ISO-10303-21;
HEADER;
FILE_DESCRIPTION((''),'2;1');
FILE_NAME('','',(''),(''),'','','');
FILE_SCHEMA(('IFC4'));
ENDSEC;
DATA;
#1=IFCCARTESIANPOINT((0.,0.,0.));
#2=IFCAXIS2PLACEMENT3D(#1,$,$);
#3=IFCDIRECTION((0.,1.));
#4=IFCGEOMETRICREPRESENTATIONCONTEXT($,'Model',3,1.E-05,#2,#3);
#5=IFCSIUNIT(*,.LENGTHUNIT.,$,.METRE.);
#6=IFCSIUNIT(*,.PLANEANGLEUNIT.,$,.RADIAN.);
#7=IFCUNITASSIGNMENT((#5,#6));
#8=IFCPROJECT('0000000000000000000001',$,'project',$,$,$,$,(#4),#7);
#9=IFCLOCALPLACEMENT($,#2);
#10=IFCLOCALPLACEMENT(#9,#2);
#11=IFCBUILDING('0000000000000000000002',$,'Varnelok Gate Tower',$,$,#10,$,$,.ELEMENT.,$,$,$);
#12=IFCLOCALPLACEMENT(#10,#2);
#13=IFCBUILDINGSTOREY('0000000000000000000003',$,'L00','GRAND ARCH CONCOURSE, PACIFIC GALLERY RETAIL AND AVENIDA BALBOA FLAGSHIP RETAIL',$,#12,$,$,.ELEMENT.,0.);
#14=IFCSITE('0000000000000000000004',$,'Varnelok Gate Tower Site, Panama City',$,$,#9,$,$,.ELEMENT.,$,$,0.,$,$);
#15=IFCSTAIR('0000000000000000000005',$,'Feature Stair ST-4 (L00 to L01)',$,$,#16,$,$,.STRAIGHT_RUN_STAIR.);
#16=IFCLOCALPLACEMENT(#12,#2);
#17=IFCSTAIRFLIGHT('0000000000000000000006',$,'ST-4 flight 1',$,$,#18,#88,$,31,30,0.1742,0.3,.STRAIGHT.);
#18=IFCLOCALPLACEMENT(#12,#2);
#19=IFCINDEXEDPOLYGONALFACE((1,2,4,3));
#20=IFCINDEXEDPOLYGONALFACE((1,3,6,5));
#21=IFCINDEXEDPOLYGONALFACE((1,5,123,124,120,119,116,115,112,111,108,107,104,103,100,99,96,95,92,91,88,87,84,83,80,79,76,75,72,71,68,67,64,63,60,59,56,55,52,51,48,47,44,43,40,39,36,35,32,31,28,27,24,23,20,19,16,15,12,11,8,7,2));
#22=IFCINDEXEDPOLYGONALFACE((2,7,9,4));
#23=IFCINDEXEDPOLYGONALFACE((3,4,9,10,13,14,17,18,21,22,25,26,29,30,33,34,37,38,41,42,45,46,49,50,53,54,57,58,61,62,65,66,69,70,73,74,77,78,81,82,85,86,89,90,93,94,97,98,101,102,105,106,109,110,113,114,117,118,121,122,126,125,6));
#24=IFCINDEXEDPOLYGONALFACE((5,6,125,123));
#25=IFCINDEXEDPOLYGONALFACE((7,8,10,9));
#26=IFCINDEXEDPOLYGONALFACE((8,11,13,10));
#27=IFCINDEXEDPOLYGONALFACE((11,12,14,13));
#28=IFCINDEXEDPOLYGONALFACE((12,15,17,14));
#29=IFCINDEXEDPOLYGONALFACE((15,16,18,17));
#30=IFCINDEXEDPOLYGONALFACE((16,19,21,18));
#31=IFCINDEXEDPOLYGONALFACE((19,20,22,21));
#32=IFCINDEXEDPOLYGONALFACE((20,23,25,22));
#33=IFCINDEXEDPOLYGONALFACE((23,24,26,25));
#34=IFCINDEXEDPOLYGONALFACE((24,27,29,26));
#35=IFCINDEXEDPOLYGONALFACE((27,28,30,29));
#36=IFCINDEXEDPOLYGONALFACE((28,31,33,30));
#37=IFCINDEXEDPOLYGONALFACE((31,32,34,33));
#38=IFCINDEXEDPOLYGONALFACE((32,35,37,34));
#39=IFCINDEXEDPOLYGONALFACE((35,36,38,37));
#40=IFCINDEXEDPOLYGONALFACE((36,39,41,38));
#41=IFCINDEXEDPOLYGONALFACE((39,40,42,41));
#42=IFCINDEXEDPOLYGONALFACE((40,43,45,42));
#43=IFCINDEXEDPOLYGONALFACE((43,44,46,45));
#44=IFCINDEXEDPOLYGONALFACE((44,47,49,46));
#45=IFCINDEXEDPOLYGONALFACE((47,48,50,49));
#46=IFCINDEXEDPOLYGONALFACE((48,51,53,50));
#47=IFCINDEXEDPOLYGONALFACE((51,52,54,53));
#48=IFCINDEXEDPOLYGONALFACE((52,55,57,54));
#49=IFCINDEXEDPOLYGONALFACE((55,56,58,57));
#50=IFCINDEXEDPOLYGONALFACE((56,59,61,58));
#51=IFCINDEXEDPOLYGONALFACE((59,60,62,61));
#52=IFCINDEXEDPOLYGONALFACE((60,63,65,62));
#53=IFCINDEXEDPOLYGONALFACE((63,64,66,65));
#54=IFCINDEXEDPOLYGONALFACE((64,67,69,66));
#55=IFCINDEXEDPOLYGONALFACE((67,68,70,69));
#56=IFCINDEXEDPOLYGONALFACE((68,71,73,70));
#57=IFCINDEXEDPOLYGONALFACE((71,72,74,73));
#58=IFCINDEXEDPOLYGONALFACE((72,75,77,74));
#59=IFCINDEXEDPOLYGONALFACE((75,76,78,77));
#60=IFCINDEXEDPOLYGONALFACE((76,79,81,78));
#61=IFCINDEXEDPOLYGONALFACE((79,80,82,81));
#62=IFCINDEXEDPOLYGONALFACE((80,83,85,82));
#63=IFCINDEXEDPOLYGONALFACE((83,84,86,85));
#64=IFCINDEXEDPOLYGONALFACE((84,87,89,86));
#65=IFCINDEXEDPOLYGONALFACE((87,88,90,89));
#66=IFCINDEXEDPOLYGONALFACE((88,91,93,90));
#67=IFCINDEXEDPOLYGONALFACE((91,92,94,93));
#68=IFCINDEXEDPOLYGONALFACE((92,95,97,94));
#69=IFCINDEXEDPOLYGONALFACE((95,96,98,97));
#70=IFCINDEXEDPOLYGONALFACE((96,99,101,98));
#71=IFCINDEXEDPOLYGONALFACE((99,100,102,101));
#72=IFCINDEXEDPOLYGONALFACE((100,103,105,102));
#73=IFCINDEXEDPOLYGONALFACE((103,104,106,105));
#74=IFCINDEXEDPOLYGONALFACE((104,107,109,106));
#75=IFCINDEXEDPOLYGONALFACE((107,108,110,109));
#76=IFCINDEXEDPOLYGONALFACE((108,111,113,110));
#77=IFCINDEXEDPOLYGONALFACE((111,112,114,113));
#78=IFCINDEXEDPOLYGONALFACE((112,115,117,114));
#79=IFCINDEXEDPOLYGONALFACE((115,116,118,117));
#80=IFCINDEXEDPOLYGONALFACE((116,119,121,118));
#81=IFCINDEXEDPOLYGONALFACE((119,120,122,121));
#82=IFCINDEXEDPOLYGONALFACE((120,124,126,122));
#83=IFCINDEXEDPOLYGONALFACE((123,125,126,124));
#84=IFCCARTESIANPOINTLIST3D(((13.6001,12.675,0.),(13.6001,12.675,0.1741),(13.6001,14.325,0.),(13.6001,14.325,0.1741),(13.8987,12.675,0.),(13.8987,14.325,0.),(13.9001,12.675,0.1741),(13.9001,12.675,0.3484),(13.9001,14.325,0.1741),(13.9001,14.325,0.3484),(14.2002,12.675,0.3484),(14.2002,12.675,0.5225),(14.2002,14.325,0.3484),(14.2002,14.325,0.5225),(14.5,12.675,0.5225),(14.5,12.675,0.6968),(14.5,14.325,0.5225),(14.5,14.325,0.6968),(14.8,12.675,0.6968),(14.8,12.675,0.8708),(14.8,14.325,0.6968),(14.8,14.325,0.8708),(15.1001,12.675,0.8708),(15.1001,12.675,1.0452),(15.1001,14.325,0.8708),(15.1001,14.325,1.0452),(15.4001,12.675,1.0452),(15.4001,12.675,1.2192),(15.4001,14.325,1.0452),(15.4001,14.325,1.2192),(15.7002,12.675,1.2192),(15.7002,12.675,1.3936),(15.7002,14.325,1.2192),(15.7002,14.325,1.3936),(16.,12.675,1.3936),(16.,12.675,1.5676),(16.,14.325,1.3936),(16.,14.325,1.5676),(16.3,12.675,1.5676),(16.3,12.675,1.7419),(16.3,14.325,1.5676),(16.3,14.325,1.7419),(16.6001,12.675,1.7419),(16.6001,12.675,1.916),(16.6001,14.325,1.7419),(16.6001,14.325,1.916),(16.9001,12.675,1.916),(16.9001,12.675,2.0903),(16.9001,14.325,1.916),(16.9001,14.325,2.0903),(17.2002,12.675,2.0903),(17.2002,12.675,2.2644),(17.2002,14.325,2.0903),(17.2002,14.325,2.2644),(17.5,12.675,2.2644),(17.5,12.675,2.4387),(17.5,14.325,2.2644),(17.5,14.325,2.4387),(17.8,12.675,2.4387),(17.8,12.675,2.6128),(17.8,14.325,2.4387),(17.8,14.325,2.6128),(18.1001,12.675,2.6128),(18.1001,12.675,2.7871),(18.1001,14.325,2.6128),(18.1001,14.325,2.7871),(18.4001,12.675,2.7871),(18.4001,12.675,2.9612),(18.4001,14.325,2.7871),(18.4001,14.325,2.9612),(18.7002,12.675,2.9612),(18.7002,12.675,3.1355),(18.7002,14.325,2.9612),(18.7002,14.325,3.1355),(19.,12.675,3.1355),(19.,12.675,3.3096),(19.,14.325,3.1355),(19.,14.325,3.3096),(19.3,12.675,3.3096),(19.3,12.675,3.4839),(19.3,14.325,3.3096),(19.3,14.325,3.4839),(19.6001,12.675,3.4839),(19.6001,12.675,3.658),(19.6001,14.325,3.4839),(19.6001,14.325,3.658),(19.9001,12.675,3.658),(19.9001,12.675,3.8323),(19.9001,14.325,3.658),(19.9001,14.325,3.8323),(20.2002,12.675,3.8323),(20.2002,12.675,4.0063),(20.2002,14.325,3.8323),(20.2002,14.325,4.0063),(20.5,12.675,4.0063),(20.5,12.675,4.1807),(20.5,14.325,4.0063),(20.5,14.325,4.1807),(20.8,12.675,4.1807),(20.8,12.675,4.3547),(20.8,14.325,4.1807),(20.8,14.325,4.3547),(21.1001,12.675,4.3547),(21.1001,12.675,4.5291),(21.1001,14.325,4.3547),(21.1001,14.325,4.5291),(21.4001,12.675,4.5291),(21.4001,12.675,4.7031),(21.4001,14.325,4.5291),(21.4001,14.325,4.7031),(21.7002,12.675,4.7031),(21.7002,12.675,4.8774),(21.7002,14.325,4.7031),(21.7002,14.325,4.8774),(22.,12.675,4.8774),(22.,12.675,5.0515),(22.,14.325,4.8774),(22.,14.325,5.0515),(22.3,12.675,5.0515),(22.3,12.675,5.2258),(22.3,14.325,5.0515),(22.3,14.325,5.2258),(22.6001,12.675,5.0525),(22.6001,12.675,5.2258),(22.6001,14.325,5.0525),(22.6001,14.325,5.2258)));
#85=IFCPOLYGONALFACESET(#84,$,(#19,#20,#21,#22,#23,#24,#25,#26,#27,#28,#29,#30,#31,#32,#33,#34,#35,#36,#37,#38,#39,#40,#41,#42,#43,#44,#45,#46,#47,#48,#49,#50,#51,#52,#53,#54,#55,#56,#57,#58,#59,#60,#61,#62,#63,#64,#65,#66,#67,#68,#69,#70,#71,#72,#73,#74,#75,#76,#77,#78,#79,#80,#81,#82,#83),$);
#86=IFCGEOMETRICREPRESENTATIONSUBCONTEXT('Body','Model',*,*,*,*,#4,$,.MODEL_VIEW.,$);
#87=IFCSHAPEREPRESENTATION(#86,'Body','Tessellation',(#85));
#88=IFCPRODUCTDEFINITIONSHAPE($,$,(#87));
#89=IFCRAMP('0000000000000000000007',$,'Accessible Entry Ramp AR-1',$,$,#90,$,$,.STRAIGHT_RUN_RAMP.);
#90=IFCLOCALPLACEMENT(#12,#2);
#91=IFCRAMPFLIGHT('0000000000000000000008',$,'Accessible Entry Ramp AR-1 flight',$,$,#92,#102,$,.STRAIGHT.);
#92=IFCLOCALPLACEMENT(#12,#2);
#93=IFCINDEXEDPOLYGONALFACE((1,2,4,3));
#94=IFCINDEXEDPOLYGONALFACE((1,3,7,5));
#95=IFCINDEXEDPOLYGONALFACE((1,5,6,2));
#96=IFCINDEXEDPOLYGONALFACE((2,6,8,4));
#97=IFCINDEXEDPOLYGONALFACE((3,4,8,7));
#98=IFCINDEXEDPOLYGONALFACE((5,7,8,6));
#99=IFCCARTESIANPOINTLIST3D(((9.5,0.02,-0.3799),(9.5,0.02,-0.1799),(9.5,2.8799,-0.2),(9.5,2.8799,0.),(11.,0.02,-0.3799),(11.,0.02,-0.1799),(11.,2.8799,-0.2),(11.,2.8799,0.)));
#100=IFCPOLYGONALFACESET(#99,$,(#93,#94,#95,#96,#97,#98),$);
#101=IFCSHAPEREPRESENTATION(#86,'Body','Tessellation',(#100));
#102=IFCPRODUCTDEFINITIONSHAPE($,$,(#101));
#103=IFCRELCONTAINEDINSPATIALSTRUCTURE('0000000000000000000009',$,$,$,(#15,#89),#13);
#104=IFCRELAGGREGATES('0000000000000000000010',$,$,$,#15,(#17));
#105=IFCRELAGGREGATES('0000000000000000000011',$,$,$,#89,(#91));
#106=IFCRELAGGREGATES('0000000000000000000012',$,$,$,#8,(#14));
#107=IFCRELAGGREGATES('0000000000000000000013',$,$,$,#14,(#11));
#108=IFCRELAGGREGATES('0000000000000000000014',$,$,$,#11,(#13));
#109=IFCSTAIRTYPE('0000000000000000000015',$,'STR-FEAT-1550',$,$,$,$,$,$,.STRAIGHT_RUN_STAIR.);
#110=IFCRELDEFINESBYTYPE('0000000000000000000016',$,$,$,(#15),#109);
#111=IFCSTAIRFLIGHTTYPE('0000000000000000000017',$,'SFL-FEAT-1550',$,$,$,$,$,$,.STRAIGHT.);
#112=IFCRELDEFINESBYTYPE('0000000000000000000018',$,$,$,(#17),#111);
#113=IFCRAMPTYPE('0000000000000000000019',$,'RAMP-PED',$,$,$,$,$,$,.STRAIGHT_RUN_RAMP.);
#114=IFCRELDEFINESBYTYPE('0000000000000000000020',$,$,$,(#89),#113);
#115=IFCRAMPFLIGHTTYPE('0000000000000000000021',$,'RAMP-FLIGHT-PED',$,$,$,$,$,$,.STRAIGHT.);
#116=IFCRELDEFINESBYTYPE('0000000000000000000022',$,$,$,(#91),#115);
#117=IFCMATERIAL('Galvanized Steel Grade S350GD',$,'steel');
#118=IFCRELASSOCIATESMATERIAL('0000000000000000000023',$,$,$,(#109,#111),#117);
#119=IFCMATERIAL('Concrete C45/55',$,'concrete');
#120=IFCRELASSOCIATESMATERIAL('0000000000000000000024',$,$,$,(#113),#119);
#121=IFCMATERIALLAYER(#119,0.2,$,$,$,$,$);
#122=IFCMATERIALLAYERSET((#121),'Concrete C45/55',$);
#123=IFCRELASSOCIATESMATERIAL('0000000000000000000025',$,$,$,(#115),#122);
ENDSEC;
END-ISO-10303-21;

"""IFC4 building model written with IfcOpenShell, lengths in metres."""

from ifc_helpers import new_model, si_unit, direction, frame, origin, place, context, subcontext, project, spatial, polyline, outline, extrude, material, layer, layer_set, type_object, element, aggregate, save


model = new_model("IFC4")

# Units and contexts
model_context = context("Model", 3, precision=1e-05, world=origin(), true_north=direction((0.0, 1.0)))
body_context = subcontext(model_context, "Body", "Model", "MODEL_VIEW")
ifc_project = project(units=[si_unit("LENGTHUNIT", "METRE"), si_unit("PLANEANGLEUNIT", "RADIAN")], contexts=[model_context])

# Site, building, storey
site_placement = place(None, origin())
site = spatial("IfcSite", under=ifc_project, at=site_placement, Name="Varnelok Gate Tower Site, Panama City", CompositionType="ELEMENT", RefElevation=0.0)
building_placement = place(site_placement, origin())
building = spatial("IfcBuilding", under=site, at=building_placement, Name="Varnelok Gate Tower", CompositionType="ELEMENT")
storey_placement = place(building_placement, origin())
storey = spatial("IfcBuildingStorey", under=building, at=storey_placement, Name="L00", Description="GRAND ARCH CONCOURSE, PACIFIC GALLERY RETAIL AND AVENIDA BALBOA FLAGSHIP RETAIL", CompositionType="ELEMENT", Elevation=0.0)

# Shared definitions
ifc_material_1 = material(Name="Concrete C45/55", Category="concrete")

# Stair, stair flight
ifc_material_2 = material(Name="Galvanized Steel Grade S350GD", Category="steel")
stair_type = type_object("IfcStairType", Name="STR-FEAT-1550", PredefinedType="STRAIGHT_RUN_STAIR", material=ifc_material_2)
stair_placement = place(storey_placement, origin())
stair = element("IfcStair", 1, at=stair_placement, inside=storey, type_object=stair_type, Name="Feature Stair ST-4 (L00 to L01)", PredefinedType="STRAIGHT_RUN_STAIR")
stair_flight_type = type_object("IfcStairFlightType", Name="SFL-FEAT-1550", PredefinedType="STRAIGHT", material=ifc_material_2)
stair_flight_placement = place(storey_placement, frame((13.6001, 13.5, 0.0), z_axis=(0.0, 0.0, 1.0), x_axis=(1.0, 0.0, 0.0)))
stair_flight = element("IfcStairFlight", 2, at=stair_flight_placement, type_object=stair_flight_type, Name="ST-4 flight 1", NumberOfRisers=31, NumberOfTreads=30, PredefinedType="STRAIGHT", RiserHeight=0.1742, TreadLength=0.3, context=body_context, shape_type="SweptSolid", body=[
    extrude(outline(polyline([(0.0, 0.0), (0.0, 0.1741), (0.3, 0.1741), (0.3, 0.3484), (0.6001, 0.3484), (0.6001, 0.5225), (0.8999, 0.5225), (0.8999, 0.6968), (1.2, 0.6968), (1.2, 0.8708), (1.5, 0.8708), (1.5, 1.0452), (1.8, 1.0452), (1.8, 1.2192), (2.1001, 1.2192), (2.1001, 1.3936), (2.3999, 1.3936), (2.3999, 1.5676), (2.7, 1.5676), (2.7, 1.7419), (3.0, 1.7419), (3.0, 1.916), (3.3, 1.916), (3.3, 2.0903), (3.6001, 2.0903), (3.6001, 2.2644), (3.8999, 2.2644), (3.8999, 2.4387), (4.2, 2.4387), (4.2, 2.6128), (4.5, 2.6128), (4.5, 2.7871), (4.8, 2.7871), (4.8, 2.9612), (5.1001, 2.9612), (5.1001, 3.1355), (5.3999, 3.1355), (5.3999, 3.3096), (5.7, 3.3096), (5.7, 3.4839), (6.0, 3.4839), (6.0, 3.658), (6.3, 3.658), (6.3, 3.8323), (6.6001, 3.8323), (6.6001, 4.0063), (6.8999, 4.0063), (6.8999, 4.1807), (7.2, 4.1807), (7.2, 4.3547), (7.5, 4.3547), (7.5, 4.5291), (7.8, 4.5291), (7.8, 4.7031), (8.1001, 4.7031), (8.1001, 4.8774), (8.3999, 4.8774), (8.3999, 5.0515), (8.7, 5.0515), (8.7, 5.2258), (9.0, 5.2258), (9.0, 5.3999), (9.0, 5.0525), (0.2986, 0.0), (0.0, 0.0)])), frame((0.0, 0.825, 0.0), z_axis=(0.0, -1.0, 0.0), x_axis=(1.0, 0.0, 0.0)), (0.0, 0.0, 1.0), 1.6499),
])
aggregate(stair, [stair_flight])

# Ramp, ramp flight
ramp_type = type_object("IfcRampType", Name="RAMP-PED", PredefinedType="STRAIGHT_RUN_RAMP", material=ifc_material_1)
ramp_placement = place(storey_placement, origin())
ramp = element("IfcRamp", 3, at=ramp_placement, inside=storey, type_object=ramp_type, Name="Accessible Entry Ramp AR-1", PredefinedType="STRAIGHT_RUN_RAMP")
ifc_layer_1 = layer(ifc_material_1, 0.2)
ifc_layer_set_1 = layer_set([ifc_layer_1], Name="Concrete C45/55")
ramp_flight_type = type_object("IfcRampFlightType", Name="RAMP-FLIGHT-PED", PredefinedType="STRAIGHT", material=ifc_layer_set_1)
ramp_flight_placement = place(storey_placement, frame((10.25, 0.02, -0.1799), z_axis=(0.0, 0.0, 1.0), x_axis=(0.0, 1.0, 0.0)))
ramp_flight = element("IfcRampFlight", 4, at=ramp_flight_placement, type_object=ramp_flight_type, Name="Accessible Entry Ramp AR-1 flight", PredefinedType="STRAIGHT", context=body_context, shape_type="SweptSolid", body=[
    extrude(outline(polyline([(0.0, 0.0), (2.8599, 0.1799), (2.8599, -0.02), (0.0, -0.2), (0.0, 0.0)])), frame((0.0, 0.75, 0.0), z_axis=(0.0, -1.0, 0.0), x_axis=(1.0, 0.0, 0.0)), (0.0, 0.0, 1.0), 1.5),
])
aggregate(ramp, [ramp_flight])

save(model, "model.ifc")
